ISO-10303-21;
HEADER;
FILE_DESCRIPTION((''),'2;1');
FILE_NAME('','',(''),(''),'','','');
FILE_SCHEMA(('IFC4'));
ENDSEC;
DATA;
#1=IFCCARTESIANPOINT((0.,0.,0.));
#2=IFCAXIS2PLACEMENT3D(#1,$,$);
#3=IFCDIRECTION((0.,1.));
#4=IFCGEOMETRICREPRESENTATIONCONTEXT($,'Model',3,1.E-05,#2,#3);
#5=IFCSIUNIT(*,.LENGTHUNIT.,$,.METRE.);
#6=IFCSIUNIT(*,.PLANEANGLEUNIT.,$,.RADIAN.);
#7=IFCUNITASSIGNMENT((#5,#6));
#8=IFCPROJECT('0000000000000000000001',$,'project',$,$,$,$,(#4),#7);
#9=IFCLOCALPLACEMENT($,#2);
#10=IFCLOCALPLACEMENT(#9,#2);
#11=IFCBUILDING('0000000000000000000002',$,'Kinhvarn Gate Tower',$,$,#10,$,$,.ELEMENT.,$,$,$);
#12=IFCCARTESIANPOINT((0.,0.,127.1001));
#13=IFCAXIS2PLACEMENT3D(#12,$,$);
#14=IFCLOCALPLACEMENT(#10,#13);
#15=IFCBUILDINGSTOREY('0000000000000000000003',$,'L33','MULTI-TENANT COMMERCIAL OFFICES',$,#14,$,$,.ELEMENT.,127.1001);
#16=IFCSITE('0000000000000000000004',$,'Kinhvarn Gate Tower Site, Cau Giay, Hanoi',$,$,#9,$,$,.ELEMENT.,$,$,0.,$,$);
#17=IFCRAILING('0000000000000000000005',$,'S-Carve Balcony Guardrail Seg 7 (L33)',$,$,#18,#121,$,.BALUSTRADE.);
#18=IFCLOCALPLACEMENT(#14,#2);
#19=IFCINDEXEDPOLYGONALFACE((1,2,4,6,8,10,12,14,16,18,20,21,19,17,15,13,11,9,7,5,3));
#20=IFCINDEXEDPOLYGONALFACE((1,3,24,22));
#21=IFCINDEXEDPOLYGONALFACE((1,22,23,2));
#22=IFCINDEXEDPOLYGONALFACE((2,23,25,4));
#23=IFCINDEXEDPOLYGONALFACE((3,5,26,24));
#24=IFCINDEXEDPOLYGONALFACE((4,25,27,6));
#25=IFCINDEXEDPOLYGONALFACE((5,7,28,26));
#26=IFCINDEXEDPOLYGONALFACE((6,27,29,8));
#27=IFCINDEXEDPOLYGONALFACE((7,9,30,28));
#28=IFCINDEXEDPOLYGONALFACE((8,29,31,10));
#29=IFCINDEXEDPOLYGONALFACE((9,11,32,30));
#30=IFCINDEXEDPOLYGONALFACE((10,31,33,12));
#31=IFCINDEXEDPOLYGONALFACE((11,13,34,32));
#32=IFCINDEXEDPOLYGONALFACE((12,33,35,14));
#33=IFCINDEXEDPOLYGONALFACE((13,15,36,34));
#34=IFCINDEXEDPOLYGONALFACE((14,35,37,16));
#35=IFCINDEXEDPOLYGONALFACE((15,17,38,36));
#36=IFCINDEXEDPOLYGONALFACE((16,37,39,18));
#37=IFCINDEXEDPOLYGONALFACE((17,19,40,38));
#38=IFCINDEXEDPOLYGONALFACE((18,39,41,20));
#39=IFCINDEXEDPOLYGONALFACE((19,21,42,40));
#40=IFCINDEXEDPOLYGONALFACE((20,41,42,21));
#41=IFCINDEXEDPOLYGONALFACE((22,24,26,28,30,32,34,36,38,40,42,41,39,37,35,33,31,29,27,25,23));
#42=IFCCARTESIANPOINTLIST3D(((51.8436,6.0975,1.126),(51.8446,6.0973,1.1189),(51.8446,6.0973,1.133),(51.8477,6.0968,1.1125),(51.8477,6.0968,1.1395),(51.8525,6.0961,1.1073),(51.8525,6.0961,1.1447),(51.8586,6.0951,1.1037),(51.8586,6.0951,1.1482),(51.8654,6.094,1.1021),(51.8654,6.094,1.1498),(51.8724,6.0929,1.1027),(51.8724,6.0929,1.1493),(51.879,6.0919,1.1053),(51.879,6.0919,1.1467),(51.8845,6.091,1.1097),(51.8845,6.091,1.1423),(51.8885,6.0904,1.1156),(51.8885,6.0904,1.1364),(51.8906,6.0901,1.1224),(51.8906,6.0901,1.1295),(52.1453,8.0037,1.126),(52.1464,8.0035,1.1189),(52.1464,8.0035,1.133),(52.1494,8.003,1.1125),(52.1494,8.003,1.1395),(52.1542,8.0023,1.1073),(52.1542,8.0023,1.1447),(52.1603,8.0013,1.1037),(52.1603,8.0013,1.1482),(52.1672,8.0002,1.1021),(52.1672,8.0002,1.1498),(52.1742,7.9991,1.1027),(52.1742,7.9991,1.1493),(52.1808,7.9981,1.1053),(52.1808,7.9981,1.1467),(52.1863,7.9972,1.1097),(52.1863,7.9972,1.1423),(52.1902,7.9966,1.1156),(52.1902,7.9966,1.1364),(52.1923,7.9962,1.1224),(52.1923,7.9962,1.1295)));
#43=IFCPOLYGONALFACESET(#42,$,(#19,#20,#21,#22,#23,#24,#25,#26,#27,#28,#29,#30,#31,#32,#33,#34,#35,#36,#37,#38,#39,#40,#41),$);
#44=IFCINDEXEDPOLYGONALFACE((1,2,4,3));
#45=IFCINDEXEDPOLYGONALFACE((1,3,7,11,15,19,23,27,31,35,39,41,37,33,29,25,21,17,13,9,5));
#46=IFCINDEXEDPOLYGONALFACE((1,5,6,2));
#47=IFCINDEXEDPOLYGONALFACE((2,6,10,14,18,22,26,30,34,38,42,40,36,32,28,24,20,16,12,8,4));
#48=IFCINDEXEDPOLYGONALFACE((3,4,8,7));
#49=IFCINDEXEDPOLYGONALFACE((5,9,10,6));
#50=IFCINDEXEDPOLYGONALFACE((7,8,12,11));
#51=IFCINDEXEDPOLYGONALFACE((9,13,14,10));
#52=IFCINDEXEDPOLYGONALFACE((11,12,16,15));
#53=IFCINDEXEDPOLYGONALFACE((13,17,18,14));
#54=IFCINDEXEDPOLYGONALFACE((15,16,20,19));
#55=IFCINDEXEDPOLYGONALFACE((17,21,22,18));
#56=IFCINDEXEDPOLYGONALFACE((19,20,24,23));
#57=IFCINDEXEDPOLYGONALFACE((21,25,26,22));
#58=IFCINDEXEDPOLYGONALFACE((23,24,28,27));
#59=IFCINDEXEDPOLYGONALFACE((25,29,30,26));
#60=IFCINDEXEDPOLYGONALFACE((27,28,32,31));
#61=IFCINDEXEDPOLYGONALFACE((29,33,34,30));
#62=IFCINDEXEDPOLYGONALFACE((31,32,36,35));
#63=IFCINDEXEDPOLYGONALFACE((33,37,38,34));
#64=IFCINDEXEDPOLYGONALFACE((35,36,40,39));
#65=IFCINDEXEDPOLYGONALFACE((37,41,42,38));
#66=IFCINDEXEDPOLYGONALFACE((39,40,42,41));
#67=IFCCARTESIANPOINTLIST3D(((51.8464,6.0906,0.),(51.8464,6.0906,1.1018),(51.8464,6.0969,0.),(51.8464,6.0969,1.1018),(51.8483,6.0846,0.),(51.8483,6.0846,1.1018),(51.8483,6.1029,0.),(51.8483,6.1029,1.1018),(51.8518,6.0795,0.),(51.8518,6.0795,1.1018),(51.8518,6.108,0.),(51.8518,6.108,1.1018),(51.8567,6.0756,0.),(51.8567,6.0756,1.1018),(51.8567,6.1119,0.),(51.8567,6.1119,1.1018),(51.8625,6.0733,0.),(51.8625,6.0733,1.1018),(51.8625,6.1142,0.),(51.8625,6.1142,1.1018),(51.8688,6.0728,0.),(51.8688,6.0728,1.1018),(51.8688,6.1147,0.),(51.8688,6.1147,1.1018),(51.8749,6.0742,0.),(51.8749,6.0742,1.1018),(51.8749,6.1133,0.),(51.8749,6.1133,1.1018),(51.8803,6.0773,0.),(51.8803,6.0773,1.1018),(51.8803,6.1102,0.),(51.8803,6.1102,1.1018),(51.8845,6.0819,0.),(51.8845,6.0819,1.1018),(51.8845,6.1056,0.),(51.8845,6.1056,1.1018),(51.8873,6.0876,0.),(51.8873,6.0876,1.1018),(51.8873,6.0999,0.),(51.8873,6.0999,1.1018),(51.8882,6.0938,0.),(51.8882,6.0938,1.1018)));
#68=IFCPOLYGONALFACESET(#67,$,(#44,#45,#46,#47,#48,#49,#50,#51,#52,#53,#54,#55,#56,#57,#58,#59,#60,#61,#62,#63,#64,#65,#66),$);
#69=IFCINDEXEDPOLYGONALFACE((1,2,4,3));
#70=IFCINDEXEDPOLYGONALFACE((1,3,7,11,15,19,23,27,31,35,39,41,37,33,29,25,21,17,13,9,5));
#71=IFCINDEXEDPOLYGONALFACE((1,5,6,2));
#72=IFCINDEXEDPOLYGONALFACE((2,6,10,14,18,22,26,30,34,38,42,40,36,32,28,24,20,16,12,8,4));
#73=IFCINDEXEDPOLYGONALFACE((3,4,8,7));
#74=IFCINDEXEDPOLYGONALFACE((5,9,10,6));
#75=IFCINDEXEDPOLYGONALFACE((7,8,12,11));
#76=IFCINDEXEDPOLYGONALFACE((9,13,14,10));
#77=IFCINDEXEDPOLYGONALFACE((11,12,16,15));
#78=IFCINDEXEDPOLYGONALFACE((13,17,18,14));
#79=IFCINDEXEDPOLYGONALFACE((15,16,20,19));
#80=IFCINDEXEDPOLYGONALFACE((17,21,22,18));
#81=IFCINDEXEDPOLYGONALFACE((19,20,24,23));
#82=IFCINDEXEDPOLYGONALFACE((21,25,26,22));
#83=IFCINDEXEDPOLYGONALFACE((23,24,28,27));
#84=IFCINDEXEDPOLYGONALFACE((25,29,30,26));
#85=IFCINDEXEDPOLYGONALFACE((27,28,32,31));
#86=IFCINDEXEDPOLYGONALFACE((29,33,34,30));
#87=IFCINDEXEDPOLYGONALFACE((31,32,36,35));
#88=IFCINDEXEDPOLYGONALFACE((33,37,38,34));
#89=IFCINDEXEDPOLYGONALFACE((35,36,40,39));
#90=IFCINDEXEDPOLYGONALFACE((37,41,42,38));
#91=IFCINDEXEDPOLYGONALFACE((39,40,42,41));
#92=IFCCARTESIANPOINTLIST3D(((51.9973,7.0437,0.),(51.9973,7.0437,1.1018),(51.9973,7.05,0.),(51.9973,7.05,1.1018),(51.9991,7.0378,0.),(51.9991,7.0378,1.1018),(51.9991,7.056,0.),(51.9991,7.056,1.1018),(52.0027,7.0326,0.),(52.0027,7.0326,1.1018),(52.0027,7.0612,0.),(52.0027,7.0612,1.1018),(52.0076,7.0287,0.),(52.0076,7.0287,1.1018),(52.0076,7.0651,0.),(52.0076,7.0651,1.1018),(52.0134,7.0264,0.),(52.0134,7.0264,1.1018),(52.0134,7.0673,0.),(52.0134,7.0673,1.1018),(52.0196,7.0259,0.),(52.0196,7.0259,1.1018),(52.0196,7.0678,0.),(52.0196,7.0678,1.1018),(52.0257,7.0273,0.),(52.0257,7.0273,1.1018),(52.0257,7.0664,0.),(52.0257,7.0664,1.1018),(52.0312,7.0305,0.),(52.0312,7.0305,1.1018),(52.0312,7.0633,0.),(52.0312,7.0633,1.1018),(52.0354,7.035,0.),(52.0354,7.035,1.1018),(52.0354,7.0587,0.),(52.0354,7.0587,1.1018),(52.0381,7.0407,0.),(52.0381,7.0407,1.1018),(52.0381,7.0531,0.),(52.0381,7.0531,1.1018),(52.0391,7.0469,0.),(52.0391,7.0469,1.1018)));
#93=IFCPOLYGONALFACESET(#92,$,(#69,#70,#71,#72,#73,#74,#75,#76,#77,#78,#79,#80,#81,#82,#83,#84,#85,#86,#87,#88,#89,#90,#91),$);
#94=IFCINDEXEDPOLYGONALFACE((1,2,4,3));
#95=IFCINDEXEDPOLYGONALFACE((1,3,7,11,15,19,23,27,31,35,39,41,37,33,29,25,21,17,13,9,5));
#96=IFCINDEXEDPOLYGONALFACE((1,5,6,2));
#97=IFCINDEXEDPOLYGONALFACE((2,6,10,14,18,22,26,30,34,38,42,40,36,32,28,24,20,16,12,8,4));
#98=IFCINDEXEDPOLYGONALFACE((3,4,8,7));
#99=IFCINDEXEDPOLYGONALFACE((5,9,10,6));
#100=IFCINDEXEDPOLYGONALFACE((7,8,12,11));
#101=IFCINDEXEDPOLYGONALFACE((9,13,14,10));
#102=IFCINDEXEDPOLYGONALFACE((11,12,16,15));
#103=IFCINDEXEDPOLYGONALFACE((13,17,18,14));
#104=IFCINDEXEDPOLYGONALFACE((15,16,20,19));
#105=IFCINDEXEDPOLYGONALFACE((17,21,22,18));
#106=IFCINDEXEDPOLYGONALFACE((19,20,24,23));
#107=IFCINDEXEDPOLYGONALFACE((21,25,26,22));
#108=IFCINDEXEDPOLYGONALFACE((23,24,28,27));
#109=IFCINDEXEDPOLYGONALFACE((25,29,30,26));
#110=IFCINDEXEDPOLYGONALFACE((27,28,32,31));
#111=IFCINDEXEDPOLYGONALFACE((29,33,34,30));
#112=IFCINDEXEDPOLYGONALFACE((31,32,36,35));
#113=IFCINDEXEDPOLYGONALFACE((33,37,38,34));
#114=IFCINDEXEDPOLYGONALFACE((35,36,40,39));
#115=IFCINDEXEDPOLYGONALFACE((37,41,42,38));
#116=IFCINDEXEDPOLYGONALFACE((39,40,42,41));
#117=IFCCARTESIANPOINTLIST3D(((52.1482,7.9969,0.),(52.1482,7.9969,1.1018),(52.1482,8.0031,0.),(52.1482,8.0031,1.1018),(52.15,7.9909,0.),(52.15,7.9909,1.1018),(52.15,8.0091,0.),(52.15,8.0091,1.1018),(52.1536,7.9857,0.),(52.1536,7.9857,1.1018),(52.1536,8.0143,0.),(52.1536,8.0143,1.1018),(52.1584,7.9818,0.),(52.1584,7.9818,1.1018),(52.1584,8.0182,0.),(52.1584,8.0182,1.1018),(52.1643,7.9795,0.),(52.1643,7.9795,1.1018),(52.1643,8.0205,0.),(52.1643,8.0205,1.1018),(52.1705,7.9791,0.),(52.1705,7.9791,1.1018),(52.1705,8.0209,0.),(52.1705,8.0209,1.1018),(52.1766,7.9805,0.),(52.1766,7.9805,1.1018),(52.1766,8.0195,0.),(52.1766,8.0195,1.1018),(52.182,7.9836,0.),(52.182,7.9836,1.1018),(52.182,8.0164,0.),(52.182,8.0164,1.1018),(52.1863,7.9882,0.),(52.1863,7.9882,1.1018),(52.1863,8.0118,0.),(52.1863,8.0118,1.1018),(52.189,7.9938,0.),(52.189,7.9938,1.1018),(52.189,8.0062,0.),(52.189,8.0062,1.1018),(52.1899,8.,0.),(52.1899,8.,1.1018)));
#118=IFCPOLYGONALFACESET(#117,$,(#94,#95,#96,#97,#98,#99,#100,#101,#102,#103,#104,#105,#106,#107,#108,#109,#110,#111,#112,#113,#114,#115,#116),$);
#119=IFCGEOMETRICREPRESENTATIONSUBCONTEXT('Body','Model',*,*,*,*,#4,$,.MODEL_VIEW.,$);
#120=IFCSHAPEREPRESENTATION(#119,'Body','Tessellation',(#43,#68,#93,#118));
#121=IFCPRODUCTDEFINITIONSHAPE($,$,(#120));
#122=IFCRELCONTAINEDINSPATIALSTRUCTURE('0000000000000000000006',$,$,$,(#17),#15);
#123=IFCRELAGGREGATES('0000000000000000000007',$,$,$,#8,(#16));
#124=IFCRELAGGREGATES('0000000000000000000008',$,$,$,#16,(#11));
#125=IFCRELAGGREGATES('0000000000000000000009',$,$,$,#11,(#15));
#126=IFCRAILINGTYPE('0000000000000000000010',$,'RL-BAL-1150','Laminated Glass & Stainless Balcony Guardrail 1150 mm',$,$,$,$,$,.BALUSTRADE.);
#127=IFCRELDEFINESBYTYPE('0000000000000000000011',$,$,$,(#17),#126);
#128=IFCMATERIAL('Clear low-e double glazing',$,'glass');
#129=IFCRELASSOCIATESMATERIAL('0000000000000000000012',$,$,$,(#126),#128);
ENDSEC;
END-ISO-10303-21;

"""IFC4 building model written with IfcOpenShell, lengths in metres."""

from ifc_helpers import new_model, si_unit, direction, frame, origin, origin_2d, place, context, subcontext, project, spatial, circle, extrude, material, type_object, element, save


model = new_model("IFC4")

# Units and contexts
model_context = context("Model", 3, precision=1e-05, world=origin(), true_north=direction((0.0, 1.0)))
body_context = subcontext(model_context, "Body", "Model", "MODEL_VIEW")
ifc_project = project(units=[si_unit("LENGTHUNIT", "METRE"), si_unit("PLANEANGLEUNIT", "RADIAN")], contexts=[model_context])

# Site, building, storey
site_placement = place(None, origin())
site = spatial("IfcSite", under=ifc_project, at=site_placement, Name="Kinhvarn Gate Tower Site, Cau Giay, Hanoi", CompositionType="ELEMENT", RefElevation=0.0)
building_placement = place(site_placement, origin())
building = spatial("IfcBuilding", under=site, at=building_placement, Name="Kinhvarn Gate Tower", CompositionType="ELEMENT")
storey_placement = place(building_placement, frame((0.0, 0.0, 127.1001)))
storey = spatial("IfcBuildingStorey", under=building, at=storey_placement, Name="L33", Description="MULTI-TENANT COMMERCIAL OFFICES", CompositionType="ELEMENT", Elevation=127.1001)

# Shared definitions
ifc_material_1 = material(Name="Clear low-e double glazing", Category="glass")

# Railing
railing_type = type_object("IfcRailingType", Name="RL-BAL-1150", Description="Laminated Glass & Stainless Balcony Guardrail 1150 mm", PredefinedType="BALUSTRADE", material=ifc_material_1)
railing_1_placement = place(storey_placement, frame((51.8672, 6.0938, 0.0)))
element("IfcRailing", 1, at=railing_1_placement, inside=storey, type_object=railing_type, Name="S-Carve Balcony Guardrail Seg 7 (L33)", PredefinedType="BALUSTRADE", context=body_context, shape_type="SweptSolid", body=[
    extrude(circle(Radius=0.0239, at=origin_2d()), frame((0.0, 0.0, 1.126), z_axis=(0.156352, 0.987701, 0.0), x_axis=(-0.987701, 0.156352, 0.0)), (0.0, 0.0, 1.0), 1.9299),
    extrude(circle(Radius=0.021, at=origin_2d()), origin(), (0.0, 0.0, 1.0), 1.1018),
    extrude(circle(Radius=0.021, at=origin_2d()), frame((0.1509, 0.9531, 0.0)), (0.0, 0.0, 1.0), 1.1018),
    extrude(circle(Radius=0.021, at=origin_2d()), frame((0.3018, 1.9062, 0.0)), (0.0, 0.0, 1.0), 1.1018),
])

save(model, "model.ifc")
